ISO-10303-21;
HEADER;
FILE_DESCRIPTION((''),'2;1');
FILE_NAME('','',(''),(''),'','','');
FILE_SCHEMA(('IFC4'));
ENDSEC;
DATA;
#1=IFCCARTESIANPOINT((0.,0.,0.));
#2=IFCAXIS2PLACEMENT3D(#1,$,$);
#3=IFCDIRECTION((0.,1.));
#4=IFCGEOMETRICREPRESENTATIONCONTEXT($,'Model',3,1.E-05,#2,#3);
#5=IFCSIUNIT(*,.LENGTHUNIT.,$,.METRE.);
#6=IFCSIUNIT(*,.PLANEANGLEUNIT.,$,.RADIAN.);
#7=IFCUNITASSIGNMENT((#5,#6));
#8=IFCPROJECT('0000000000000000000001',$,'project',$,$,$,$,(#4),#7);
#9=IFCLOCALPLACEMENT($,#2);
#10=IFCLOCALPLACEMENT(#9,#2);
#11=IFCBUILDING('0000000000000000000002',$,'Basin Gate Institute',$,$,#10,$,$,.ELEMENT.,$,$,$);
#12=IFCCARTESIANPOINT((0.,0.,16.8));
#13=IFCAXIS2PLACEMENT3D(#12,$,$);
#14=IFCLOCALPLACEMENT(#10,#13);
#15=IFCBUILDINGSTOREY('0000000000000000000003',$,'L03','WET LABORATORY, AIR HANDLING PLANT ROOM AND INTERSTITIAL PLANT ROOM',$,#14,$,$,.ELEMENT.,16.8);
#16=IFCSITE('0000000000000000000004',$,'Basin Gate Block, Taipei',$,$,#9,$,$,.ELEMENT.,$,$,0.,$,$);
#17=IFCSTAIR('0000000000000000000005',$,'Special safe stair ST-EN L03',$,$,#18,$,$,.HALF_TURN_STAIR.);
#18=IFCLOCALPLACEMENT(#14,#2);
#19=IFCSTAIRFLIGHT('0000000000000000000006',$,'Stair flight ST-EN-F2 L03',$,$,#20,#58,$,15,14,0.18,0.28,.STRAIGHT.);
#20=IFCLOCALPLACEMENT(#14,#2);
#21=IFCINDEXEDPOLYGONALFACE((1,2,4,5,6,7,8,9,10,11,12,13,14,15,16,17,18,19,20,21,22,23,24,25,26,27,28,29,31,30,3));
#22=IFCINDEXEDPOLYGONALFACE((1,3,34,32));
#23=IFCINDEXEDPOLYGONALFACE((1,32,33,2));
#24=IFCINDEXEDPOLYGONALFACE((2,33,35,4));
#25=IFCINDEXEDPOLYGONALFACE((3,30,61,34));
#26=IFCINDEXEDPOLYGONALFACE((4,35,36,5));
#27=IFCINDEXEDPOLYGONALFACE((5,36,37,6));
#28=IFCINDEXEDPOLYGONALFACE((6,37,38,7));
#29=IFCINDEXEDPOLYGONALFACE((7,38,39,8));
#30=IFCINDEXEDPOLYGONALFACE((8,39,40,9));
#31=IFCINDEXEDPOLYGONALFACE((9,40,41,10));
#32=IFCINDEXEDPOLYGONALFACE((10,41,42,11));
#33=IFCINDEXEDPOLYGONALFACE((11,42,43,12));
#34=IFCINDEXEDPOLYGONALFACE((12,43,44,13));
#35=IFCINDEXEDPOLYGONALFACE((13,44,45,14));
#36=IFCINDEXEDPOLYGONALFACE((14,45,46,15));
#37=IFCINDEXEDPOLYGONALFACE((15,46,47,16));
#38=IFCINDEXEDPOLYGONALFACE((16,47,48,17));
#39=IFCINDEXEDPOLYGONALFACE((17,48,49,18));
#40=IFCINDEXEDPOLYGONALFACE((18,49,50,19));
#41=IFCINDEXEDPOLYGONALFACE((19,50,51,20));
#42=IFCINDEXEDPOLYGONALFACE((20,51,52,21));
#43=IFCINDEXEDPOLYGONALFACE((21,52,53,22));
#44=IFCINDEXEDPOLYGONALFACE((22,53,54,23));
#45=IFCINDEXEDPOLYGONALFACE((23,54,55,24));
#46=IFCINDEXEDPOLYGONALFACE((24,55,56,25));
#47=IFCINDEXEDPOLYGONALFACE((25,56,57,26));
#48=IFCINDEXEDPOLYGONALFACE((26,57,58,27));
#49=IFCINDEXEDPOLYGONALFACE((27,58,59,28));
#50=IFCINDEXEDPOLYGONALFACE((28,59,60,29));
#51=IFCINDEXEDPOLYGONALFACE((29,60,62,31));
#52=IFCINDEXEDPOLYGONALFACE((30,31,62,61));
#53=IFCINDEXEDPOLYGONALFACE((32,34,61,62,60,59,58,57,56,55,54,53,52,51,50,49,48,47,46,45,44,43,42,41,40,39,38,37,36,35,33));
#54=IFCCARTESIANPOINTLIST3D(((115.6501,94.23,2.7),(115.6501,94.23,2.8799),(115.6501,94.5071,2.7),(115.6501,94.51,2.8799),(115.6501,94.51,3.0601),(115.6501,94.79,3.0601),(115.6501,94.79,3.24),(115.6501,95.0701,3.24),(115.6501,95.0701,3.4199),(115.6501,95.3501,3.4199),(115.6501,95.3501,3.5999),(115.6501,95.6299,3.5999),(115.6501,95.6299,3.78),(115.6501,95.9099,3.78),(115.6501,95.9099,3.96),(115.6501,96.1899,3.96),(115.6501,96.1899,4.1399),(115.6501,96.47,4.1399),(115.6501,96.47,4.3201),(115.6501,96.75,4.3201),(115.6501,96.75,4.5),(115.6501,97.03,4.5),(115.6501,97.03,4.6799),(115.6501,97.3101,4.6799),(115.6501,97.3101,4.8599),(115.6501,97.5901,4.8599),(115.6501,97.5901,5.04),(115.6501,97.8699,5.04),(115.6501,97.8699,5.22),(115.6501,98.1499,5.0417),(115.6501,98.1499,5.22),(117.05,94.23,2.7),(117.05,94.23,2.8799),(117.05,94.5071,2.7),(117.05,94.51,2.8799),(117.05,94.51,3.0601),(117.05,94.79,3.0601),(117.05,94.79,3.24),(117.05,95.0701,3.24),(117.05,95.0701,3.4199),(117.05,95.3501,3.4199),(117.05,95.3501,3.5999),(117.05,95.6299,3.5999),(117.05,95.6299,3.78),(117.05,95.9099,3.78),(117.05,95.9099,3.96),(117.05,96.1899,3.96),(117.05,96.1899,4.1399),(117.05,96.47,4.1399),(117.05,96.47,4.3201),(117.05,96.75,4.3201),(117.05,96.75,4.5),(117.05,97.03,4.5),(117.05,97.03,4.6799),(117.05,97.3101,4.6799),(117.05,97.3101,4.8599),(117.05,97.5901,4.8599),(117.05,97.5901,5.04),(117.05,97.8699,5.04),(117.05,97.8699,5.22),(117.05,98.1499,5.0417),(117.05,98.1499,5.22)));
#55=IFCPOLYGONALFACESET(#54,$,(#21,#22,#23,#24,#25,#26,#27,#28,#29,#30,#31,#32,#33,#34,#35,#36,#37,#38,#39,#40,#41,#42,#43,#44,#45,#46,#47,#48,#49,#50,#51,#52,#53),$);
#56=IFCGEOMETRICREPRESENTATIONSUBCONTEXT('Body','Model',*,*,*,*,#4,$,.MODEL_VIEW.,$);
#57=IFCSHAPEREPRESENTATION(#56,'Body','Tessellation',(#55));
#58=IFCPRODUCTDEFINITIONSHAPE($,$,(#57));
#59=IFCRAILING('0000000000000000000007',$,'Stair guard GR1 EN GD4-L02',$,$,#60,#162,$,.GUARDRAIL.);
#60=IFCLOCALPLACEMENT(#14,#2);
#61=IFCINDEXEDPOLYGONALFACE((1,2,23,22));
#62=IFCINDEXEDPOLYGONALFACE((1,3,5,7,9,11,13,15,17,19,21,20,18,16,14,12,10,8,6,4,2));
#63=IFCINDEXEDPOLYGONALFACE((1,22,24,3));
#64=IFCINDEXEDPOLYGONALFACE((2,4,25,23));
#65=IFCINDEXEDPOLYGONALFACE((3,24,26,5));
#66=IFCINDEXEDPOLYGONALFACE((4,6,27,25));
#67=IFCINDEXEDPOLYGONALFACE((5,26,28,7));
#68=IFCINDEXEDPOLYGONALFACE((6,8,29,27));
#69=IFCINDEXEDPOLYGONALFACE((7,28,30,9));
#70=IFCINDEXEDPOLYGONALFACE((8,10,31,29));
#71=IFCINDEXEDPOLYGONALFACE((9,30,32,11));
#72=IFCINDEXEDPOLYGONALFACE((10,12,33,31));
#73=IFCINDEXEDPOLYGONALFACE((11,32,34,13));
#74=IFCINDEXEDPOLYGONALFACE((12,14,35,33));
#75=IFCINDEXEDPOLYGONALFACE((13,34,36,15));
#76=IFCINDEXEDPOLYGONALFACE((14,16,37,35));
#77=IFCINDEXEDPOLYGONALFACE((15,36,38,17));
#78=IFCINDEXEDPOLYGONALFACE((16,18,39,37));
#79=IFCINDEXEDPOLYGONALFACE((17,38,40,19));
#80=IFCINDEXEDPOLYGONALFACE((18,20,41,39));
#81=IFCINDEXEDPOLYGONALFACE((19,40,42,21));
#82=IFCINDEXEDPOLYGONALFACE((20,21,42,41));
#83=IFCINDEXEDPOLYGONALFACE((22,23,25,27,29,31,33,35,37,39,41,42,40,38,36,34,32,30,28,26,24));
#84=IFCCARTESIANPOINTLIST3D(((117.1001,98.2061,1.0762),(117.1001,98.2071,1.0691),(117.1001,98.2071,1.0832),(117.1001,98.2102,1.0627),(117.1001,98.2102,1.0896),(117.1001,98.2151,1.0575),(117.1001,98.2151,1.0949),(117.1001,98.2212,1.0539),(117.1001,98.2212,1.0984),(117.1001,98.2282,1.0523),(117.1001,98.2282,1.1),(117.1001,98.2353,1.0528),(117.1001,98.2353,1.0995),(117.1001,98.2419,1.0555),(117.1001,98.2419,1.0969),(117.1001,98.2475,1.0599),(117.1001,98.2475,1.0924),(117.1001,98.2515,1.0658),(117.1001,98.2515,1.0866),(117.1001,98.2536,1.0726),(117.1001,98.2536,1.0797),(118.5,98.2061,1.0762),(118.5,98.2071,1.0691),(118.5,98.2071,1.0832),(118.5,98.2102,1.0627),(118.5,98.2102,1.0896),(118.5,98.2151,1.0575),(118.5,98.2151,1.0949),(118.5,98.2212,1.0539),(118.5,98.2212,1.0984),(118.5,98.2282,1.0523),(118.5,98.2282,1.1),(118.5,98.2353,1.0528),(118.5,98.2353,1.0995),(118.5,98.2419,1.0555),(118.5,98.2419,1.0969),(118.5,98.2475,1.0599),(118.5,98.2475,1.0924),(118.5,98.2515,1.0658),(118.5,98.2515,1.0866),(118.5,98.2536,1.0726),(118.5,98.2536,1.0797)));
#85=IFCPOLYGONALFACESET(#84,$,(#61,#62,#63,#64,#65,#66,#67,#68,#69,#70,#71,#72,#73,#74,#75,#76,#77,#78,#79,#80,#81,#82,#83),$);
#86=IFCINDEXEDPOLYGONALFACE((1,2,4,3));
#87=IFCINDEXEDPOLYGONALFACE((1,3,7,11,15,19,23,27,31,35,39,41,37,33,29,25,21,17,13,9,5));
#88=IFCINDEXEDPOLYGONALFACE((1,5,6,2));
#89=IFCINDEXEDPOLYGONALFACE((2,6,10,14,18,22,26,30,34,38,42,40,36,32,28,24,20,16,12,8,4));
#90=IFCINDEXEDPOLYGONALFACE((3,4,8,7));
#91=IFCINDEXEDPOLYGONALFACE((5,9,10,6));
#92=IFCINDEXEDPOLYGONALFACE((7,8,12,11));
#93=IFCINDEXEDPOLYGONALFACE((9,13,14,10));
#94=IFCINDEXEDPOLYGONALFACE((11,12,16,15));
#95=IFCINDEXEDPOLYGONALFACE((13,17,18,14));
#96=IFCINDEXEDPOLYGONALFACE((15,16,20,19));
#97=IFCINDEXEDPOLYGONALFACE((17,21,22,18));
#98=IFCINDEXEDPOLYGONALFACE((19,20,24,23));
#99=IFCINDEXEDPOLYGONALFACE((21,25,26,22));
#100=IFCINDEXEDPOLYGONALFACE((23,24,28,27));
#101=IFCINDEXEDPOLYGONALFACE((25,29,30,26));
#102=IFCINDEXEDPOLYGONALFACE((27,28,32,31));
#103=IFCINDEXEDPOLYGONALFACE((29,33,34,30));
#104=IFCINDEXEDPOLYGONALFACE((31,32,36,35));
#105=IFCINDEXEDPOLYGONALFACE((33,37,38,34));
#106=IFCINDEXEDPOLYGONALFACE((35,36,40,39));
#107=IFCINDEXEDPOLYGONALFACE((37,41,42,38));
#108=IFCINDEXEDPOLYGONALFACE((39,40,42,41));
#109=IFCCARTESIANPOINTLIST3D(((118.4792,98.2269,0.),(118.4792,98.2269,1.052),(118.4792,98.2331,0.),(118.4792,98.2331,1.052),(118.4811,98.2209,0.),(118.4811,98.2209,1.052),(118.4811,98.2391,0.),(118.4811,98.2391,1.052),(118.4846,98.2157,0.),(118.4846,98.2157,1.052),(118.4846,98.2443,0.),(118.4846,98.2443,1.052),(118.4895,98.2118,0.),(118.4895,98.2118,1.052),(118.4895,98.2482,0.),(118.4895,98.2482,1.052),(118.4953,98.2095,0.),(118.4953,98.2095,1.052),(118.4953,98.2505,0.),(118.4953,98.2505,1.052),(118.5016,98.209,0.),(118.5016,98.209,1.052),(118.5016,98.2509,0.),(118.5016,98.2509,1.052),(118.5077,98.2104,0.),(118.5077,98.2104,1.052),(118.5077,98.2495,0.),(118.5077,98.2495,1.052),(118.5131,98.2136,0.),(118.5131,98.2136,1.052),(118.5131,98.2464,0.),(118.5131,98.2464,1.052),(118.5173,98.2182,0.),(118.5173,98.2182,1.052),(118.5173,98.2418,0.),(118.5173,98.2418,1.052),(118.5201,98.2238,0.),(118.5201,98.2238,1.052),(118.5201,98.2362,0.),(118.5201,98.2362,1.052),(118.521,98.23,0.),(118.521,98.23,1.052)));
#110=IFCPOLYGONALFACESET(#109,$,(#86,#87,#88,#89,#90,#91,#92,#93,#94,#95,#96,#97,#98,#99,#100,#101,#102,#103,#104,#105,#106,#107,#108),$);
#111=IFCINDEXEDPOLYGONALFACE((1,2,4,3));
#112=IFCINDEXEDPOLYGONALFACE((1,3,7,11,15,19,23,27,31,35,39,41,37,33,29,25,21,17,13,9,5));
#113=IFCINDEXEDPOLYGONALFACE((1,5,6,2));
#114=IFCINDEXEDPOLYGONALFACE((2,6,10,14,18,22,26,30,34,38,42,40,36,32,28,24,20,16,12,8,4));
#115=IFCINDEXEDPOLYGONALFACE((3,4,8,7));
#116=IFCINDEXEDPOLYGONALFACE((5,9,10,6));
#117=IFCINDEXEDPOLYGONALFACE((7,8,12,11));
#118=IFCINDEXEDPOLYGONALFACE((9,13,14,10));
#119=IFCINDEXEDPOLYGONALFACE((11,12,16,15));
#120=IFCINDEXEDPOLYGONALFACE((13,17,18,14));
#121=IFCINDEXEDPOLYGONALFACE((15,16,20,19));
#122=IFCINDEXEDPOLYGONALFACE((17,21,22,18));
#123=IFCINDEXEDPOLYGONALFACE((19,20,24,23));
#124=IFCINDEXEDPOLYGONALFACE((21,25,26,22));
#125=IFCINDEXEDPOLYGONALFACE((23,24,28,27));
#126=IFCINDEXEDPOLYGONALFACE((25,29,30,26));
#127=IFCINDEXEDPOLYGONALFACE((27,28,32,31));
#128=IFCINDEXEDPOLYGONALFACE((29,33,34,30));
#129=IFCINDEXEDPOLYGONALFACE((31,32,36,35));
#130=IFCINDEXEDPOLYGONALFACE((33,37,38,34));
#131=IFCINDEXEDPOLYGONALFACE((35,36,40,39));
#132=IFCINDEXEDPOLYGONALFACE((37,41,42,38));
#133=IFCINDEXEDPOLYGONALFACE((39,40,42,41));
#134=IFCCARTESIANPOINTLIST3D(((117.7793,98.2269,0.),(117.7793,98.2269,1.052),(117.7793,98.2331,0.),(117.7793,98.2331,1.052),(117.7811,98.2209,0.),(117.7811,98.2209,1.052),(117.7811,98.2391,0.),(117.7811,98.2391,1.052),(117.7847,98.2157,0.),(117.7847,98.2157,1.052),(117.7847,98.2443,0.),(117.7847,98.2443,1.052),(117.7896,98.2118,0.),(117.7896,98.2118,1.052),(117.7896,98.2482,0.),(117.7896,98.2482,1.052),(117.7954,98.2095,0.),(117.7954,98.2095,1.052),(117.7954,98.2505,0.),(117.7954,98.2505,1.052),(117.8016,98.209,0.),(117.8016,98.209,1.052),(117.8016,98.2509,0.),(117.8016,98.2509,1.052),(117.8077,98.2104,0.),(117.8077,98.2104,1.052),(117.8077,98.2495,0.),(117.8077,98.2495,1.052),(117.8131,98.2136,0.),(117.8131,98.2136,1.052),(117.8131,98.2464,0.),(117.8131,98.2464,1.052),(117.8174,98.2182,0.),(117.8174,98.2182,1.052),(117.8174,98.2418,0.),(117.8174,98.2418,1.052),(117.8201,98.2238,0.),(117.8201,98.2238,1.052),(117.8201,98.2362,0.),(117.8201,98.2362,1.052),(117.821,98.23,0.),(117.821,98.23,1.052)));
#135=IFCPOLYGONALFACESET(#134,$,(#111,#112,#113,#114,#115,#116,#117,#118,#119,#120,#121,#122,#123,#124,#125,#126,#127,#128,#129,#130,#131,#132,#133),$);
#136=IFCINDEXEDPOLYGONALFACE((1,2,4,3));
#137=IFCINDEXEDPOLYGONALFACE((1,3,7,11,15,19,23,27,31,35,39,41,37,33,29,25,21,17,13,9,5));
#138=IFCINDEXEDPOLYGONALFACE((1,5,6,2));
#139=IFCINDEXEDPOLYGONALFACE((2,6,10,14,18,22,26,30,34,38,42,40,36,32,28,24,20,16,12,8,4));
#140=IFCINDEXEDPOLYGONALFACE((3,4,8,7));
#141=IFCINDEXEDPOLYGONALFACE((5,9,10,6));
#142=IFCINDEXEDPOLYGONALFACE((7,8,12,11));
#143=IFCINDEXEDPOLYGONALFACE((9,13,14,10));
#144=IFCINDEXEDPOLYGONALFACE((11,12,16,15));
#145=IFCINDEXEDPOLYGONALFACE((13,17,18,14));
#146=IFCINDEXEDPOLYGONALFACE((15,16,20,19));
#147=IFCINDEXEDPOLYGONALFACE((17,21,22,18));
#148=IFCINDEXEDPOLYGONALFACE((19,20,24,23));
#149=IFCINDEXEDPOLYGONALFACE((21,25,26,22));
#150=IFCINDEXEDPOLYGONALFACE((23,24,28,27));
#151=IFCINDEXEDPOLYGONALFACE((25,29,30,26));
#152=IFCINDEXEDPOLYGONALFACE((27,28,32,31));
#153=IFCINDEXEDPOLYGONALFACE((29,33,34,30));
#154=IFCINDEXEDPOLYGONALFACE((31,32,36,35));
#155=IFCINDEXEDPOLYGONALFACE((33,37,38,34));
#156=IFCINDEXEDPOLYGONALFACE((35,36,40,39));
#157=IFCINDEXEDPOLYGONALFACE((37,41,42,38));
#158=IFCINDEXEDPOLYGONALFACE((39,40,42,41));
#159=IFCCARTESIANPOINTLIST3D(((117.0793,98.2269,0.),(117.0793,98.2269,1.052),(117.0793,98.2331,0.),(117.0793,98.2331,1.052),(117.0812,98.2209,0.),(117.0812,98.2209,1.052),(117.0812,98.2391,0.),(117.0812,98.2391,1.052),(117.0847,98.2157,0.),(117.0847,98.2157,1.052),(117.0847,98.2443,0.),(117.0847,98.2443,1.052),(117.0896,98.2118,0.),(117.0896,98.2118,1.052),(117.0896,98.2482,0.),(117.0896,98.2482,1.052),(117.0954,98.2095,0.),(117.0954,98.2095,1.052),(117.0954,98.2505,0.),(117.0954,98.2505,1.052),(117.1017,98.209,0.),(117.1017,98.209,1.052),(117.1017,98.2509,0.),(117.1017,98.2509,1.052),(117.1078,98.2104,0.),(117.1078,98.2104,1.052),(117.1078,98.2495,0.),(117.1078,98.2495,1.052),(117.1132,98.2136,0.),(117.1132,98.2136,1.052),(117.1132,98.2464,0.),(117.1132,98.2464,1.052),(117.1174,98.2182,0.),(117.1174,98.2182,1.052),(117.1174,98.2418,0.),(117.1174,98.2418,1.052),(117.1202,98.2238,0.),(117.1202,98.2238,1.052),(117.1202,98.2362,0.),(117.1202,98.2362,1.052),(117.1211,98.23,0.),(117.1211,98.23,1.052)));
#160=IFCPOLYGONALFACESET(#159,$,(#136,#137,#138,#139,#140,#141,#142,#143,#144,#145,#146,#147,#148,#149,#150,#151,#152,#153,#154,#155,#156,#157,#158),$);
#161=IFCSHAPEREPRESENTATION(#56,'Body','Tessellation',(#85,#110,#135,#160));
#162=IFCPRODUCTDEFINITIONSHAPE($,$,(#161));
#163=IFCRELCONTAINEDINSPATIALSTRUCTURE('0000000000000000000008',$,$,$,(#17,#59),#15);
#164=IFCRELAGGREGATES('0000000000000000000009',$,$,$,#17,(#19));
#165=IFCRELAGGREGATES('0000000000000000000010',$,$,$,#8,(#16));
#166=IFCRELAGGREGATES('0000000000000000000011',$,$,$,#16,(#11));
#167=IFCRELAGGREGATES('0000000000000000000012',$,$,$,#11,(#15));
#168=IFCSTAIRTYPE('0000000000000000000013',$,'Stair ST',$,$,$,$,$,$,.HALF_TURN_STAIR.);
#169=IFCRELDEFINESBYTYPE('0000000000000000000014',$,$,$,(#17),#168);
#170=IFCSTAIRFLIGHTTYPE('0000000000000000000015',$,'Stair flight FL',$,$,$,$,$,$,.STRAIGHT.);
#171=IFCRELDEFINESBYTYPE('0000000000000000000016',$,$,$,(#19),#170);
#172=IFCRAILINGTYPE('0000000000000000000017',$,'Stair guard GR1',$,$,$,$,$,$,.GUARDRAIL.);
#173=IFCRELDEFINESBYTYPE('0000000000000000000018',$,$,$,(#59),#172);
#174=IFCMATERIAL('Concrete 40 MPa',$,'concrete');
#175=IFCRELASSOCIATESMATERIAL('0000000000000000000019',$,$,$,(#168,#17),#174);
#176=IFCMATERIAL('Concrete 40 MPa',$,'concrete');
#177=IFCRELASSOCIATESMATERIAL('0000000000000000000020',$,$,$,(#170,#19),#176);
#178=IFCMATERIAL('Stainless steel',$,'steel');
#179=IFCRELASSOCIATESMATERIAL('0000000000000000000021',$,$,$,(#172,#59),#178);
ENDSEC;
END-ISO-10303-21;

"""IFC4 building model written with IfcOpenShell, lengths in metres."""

from ifc_helpers import new_model, si_unit, direction, frame, origin, origin_2d, place, context, subcontext, project, spatial, polyline, circle, outline, extrude, material, type_object, element, aggregate, save


model = new_model("IFC4")

# Units and contexts
model_context = context("Model", 3, precision=1e-05, world=origin(), true_north=direction((0.0, 1.0)))
body_context = subcontext(model_context, "Body", "Model", "MODEL_VIEW")
ifc_project = project(units=[si_unit("LENGTHUNIT", "METRE"), si_unit("PLANEANGLEUNIT", "RADIAN")], contexts=[model_context])

# Site, building, storey
site_placement = place(None, origin())
site = spatial("IfcSite", under=ifc_project, at=site_placement, Name="Basin Gate Block, Taipei", CompositionType="ELEMENT", RefElevation=0.0)
building_placement = place(site_placement, origin())
building = spatial("IfcBuilding", under=site, at=building_placement, Name="Basin Gate Institute", CompositionType="ELEMENT")
storey_placement = place(building_placement, frame((0.0, 0.0, 16.8)))
storey = spatial("IfcBuildingStorey", under=building, at=storey_placement, Name="L03", Description="WET LABORATORY, AIR HANDLING PLANT ROOM AND INTERSTITIAL PLANT ROOM", CompositionType="ELEMENT", Elevation=16.8)

# Stair, stair flight
ifc_material_1 = material(Name="Concrete 40 MPa", Category="concrete")
stair_type = type_object("IfcStairType", Name="Stair ST", PredefinedType="HALF_TURN_STAIR", material=ifc_material_1)
stair_placement = place(storey_placement, origin())
stair = element("IfcStair", 1, at=stair_placement, inside=storey, type_object=stair_type, material=ifc_material_1, Name="Special safe stair ST-EN L03", PredefinedType="HALF_TURN_STAIR")
ifc_material_2 = material(Name="Concrete 40 MPa", Category="concrete")
stair_flight_type = type_object("IfcStairFlightType", Name="Stair flight FL", PredefinedType="STRAIGHT", material=ifc_material_2)
stair_flight_1_placement = place(storey_placement, frame((116.3501, 94.23, 2.7), z_axis=(0.0, 0.0, 1.0), x_axis=(0.0, 1.0, 0.0)))
stair_flight_1 = element("IfcStairFlight", 2, at=stair_flight_1_placement, type_object=stair_flight_type, material=ifc_material_2, Name="Stair flight ST-EN-F2 L03", NumberOfRisers=15, NumberOfTreads=14, PredefinedType="STRAIGHT", RiserHeight=0.18, TreadLength=0.28, context=body_context, shape_type="SweptSolid", body=[
    extrude(outline(polyline([(0.0, 0.0), (0.0, 0.1799), (0.28, 0.1799), (0.28, 0.3601), (0.5601, 0.3601), (0.5601, 0.54), (0.8401, 0.54), (0.8401, 0.72), (1.1201, 0.72), (1.1201, 0.8999), (1.3999, 0.8999), (1.3999, 1.0801), (1.6799, 1.0801), (1.6799, 1.26), (1.96, 1.26), (1.96, 1.4399), (2.24, 1.4399), (2.24, 1.6201), (2.52, 1.6201), (2.52, 1.8), (2.8, 1.8), (2.8, 1.98), (3.0801, 1.98), (3.0801, 2.1599), (3.3601, 2.1599), (3.3601, 2.3401), (3.6399, 2.3401), (3.6399, 2.52), (3.9199, 2.52), (3.9199, 2.7), (3.9199, 2.3418), (0.2771, 0.0), (0.0, 0.0)])), frame((0.0, 0.7, 0.0), z_axis=(0.0, -1.0, 0.0), x_axis=(1.0, 0.0, 0.0)), (0.0, 0.0, 1.0), 1.3999),
])
aggregate(stair, [stair_flight_1])

# Railing
ifc_material_3 = material(Name="Stainless steel", Category="steel")
railing_type_1 = type_object("IfcRailingType", Name="Stair guard GR1", PredefinedType="GUARDRAIL", material=ifc_material_3)
railing_1_placement = place(storey_placement, frame((118.5, 98.23, 0.0)))
element("IfcRailing", 3, at=railing_1_placement, inside=storey, type_object=railing_type_1, material=ifc_material_3, Name="Stair guard GR1 EN GD4-L02", PredefinedType="GUARDRAIL", context=body_context, shape_type="SweptSolid", body=[
    extrude(circle(Radius=0.0239, at=origin_2d()), frame((0.0, 0.0, 1.0762), z_axis=(-1.0, 0.0, 0.0), x_axis=(0.0, -1.0, 0.0)), (0.0, 0.0, 1.0), 1.3999),
    extrude(circle(Radius=0.021, at=origin_2d()), origin(), (0.0, 0.0, 1.0), 1.052),
    extrude(circle(Radius=0.021, at=origin_2d()), frame((-0.7, 0.0, 0.0)), (0.0, 0.0, 1.0), 1.052),
    extrude(circle(Radius=0.021, at=origin_2d()), frame((-1.3999, 0.0, 0.0)), (0.0, 0.0, 1.0), 1.052),
])

save(model, "model.ifc")
